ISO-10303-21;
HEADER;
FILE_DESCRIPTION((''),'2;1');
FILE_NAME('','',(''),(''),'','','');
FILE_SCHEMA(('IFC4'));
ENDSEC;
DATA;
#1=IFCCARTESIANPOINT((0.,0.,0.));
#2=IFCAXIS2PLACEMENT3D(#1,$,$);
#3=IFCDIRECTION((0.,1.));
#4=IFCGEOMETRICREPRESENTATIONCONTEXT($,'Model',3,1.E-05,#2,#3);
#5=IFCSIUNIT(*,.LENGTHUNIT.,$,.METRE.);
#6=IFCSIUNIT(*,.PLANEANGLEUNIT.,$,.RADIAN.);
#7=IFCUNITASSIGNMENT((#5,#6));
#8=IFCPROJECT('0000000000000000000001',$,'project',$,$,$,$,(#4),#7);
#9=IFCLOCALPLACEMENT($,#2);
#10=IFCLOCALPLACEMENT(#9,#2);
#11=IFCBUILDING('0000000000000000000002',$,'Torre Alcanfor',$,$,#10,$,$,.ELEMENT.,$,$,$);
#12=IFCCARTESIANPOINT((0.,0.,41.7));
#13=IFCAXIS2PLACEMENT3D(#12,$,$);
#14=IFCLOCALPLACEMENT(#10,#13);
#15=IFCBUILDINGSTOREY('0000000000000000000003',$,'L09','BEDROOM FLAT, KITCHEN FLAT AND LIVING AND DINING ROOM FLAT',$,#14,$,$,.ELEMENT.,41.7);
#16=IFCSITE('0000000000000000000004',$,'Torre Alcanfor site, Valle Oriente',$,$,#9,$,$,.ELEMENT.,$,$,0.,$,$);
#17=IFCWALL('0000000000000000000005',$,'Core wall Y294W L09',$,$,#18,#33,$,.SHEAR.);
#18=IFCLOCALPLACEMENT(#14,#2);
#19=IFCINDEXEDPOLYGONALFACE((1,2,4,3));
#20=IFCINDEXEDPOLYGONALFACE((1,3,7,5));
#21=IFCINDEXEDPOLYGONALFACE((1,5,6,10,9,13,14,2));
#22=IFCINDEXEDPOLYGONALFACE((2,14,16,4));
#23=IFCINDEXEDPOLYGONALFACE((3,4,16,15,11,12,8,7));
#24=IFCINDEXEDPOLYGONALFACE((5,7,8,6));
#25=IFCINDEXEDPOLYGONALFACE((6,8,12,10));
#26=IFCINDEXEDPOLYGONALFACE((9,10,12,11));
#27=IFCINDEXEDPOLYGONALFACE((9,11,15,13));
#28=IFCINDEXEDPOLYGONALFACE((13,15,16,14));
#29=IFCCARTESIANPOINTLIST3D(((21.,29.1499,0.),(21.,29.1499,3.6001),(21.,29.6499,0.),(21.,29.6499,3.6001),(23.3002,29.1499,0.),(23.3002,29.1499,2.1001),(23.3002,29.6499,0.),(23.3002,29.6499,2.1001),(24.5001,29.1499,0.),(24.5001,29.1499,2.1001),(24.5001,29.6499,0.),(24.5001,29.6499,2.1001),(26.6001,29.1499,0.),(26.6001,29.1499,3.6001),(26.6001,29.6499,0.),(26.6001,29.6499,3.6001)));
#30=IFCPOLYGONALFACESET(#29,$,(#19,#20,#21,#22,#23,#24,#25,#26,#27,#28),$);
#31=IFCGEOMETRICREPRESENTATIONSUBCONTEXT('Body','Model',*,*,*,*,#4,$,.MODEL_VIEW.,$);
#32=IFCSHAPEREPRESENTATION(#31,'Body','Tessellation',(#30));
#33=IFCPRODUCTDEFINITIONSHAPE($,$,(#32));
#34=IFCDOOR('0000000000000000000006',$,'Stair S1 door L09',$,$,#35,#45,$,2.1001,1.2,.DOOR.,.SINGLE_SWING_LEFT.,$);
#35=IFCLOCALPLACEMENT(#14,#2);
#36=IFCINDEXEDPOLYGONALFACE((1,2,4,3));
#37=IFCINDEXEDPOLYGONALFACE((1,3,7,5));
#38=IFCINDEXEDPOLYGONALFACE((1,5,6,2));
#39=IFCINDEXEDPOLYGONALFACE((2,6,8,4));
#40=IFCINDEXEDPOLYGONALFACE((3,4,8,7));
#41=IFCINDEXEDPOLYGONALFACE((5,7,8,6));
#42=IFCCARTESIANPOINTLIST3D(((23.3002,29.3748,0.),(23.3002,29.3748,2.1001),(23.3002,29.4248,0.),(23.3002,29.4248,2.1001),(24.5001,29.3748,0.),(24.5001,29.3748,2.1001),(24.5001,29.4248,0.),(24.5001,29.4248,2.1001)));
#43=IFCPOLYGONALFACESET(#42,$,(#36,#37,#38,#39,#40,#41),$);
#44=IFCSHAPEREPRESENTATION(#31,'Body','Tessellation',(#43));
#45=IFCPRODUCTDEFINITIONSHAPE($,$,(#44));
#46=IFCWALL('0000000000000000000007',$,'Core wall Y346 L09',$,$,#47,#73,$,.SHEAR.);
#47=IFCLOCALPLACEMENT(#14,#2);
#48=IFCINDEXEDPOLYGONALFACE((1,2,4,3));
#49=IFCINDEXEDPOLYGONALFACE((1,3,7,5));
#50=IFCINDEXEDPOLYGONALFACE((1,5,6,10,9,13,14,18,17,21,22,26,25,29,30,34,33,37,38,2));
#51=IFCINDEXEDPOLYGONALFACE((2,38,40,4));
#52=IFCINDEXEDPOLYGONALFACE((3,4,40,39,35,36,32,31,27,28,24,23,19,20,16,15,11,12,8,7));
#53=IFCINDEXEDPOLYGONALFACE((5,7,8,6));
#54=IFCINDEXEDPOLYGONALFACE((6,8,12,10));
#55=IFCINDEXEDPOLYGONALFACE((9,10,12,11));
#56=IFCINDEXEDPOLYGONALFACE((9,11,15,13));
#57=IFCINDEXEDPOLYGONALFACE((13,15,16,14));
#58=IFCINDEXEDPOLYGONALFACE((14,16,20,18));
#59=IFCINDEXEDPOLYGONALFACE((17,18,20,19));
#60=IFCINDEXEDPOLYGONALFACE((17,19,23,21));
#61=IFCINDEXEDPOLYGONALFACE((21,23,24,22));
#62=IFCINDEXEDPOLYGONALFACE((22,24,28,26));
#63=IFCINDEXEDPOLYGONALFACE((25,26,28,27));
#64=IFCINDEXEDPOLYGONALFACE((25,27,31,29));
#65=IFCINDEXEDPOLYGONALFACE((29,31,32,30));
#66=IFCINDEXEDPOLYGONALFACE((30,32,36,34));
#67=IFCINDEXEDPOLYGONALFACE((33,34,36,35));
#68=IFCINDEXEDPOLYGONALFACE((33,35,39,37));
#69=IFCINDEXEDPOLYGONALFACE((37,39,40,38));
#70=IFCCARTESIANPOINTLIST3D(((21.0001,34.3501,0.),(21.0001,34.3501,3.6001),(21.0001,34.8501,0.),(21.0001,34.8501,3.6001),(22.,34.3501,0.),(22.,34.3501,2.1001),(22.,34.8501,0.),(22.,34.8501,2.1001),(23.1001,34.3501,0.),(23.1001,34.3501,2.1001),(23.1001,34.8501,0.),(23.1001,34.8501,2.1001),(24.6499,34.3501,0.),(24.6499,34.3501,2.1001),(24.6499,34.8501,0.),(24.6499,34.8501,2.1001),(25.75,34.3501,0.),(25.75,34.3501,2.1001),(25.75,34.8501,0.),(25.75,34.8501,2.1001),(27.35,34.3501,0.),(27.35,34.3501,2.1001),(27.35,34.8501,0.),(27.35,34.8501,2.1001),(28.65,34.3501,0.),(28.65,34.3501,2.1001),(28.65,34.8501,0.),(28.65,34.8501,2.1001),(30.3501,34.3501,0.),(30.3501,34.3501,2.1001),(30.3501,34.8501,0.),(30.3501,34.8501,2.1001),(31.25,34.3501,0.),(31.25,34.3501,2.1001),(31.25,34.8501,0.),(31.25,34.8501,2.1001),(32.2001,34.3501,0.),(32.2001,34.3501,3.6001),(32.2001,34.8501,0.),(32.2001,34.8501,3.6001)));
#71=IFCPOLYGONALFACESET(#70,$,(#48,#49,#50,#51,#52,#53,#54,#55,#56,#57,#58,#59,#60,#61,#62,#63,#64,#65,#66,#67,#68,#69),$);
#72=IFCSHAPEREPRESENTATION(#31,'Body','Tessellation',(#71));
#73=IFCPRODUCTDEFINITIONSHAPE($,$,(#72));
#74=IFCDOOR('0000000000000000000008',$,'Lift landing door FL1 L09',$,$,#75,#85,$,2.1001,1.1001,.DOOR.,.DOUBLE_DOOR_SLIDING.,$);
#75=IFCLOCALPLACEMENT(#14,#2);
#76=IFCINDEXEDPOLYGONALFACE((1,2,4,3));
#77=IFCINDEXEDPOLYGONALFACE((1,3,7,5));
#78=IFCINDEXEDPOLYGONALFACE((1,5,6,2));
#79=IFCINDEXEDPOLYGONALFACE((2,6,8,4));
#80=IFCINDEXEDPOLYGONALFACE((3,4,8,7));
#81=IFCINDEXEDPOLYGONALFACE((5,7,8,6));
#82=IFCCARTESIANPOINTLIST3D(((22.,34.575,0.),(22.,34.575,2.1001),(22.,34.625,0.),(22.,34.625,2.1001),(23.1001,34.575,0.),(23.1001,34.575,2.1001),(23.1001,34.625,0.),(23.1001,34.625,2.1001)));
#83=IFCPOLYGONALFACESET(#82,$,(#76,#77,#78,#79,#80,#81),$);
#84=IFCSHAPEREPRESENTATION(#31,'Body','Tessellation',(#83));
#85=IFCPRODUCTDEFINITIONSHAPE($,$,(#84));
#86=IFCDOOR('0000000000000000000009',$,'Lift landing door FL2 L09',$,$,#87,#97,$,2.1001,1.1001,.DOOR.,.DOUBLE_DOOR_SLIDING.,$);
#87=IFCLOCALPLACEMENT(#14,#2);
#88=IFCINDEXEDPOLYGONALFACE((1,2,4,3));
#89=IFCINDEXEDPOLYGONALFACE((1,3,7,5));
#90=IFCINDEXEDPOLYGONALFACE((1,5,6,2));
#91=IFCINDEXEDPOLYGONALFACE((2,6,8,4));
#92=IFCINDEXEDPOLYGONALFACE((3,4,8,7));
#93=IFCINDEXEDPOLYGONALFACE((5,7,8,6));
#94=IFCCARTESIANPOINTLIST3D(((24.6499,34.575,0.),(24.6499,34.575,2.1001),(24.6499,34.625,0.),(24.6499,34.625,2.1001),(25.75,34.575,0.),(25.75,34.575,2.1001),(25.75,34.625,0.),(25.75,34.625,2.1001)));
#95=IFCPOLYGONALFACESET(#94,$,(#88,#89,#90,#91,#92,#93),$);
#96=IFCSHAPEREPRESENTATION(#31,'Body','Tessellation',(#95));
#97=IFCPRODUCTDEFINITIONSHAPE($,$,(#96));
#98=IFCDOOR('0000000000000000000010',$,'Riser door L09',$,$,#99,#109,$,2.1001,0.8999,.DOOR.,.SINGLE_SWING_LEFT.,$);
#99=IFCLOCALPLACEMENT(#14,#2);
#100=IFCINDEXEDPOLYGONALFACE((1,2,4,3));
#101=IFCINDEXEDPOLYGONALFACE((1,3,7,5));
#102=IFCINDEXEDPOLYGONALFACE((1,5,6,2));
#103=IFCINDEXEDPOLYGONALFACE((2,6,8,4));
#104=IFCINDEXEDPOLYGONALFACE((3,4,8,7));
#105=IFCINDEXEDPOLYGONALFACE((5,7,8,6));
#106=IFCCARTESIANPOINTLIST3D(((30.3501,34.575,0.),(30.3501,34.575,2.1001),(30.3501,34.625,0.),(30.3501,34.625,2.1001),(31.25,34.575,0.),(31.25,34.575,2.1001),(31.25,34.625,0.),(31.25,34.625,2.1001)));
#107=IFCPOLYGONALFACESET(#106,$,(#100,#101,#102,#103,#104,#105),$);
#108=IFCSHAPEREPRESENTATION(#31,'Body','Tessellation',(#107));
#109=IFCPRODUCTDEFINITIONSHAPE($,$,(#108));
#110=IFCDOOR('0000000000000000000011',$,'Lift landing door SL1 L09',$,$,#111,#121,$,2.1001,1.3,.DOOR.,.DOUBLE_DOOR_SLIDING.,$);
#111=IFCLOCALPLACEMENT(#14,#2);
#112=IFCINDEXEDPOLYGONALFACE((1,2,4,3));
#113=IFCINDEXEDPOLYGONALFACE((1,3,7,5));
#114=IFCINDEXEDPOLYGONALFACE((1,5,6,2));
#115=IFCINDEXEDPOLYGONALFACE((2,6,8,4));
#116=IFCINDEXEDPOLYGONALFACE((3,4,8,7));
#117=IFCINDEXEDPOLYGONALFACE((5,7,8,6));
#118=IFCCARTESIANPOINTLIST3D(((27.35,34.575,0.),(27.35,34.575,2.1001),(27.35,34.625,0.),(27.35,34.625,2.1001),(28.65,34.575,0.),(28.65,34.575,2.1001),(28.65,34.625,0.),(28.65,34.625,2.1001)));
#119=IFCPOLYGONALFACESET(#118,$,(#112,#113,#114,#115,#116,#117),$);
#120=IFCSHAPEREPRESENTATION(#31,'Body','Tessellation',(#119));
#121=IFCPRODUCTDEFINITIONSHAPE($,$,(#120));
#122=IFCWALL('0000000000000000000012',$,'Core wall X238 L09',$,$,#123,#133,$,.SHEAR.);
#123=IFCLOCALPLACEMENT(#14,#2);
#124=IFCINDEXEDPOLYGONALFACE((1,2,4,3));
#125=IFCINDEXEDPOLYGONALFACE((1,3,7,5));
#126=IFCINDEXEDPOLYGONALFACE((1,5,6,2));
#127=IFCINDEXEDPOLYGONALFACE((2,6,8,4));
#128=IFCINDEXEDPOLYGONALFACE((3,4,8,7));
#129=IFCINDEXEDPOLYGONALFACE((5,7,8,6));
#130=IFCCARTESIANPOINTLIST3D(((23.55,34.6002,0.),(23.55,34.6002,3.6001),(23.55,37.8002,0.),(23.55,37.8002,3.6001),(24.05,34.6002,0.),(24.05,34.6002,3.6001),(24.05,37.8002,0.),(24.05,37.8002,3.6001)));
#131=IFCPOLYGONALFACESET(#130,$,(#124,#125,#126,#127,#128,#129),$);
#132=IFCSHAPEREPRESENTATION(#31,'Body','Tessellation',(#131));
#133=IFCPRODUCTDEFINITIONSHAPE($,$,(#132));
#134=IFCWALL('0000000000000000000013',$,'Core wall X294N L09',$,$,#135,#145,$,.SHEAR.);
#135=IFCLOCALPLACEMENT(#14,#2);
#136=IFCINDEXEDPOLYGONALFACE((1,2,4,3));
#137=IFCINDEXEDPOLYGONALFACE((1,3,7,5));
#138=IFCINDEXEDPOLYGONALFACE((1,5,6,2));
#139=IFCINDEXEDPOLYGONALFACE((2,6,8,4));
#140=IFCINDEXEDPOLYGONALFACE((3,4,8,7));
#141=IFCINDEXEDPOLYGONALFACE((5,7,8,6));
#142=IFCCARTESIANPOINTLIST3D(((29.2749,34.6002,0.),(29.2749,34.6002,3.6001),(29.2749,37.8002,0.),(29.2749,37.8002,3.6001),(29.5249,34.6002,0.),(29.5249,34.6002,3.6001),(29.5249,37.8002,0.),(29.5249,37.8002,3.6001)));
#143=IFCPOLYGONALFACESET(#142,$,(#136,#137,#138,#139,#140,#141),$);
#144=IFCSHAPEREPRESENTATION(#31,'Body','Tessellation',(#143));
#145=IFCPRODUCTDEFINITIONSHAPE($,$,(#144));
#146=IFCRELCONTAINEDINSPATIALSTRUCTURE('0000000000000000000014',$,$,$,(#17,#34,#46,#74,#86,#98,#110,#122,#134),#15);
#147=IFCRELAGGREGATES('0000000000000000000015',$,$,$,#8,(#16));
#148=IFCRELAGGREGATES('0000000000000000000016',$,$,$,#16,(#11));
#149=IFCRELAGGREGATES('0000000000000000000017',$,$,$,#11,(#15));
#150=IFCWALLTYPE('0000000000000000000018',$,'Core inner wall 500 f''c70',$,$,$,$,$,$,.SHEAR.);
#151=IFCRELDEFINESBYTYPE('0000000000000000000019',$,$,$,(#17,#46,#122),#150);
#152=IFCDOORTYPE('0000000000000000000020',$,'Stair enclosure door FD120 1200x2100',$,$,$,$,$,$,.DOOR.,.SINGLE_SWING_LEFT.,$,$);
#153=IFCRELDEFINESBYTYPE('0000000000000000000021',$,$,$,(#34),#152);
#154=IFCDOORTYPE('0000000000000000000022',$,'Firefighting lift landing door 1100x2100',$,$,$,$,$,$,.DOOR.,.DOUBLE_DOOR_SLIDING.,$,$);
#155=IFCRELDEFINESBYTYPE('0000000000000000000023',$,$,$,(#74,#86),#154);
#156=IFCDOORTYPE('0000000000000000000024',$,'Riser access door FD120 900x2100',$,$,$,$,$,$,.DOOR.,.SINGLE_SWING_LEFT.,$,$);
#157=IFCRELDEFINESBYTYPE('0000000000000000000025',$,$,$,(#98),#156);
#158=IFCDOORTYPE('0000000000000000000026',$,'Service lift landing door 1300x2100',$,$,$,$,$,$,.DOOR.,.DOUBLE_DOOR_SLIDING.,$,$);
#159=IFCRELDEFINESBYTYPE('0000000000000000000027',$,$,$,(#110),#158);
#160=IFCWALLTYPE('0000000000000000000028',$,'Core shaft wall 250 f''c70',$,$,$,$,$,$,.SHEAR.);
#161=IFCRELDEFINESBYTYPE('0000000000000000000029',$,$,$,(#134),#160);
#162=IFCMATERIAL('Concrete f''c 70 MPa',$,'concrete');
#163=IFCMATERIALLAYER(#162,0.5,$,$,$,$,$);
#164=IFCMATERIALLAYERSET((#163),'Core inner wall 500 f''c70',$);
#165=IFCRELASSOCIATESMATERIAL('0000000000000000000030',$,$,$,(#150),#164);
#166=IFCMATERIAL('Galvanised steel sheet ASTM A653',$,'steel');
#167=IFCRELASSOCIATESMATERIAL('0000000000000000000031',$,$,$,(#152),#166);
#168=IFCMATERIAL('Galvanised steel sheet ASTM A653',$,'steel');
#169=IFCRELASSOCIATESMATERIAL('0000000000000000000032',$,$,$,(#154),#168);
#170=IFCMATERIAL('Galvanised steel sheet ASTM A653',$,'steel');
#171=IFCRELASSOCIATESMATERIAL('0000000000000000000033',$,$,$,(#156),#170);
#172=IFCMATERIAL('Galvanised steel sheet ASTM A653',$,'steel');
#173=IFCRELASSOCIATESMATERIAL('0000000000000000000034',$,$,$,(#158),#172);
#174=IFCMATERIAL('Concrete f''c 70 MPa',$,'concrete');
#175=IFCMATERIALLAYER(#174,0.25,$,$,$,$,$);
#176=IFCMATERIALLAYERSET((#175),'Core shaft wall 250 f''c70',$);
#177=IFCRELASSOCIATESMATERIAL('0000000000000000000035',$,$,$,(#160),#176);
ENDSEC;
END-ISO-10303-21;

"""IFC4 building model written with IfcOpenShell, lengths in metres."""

from ifc_helpers import new_model, si_unit, direction, frame, frame_2d, origin, place, context, subcontext, project, spatial, rectangle, extrude, material, layer, layer_set, type_object, element, fill, save


model = new_model("IFC4")

# Units and contexts
model_context = context("Model", 3, precision=1e-05, world=origin(), true_north=direction((0.0, 1.0)))
body_context = subcontext(model_context, "Body", "Model", "MODEL_VIEW")
ifc_project = project(units=[si_unit("LENGTHUNIT", "METRE"), si_unit("PLANEANGLEUNIT", "RADIAN")], contexts=[model_context])

# Site, building, storey
site_placement = place(None, origin())
site = spatial("IfcSite", under=ifc_project, at=site_placement, Name="Torre Alcanfor site, Valle Oriente", CompositionType="ELEMENT", RefElevation=0.0)
building_placement = place(site_placement, origin())
building = spatial("IfcBuilding", under=site, at=building_placement, Name="Torre Alcanfor", CompositionType="ELEMENT")
storey_placement = place(building_placement, frame((0.0, 0.0, 41.7)))
storey = spatial("IfcBuildingStorey", under=building, at=storey_placement, Name="L09", Description="BEDROOM FLAT, KITCHEN FLAT AND LIVING AND DINING ROOM FLAT", CompositionType="ELEMENT", Elevation=41.7)

# Wall, opening, door
ifc_material_1 = material(Name="Concrete f'c 70 MPa", Category="concrete")
ifc_layer_1 = layer(ifc_material_1, 0.5)
ifc_layer_set_1 = layer_set([ifc_layer_1], Name="Core inner wall 500 f'c70")
wall_type_1 = type_object("IfcWallType", Name="Core inner wall 500 f'c70", PredefinedType="SHEAR", material=ifc_layer_set_1)
wall_1_placement = place(storey_placement, frame((21.0, 29.3999, 0.0), z_axis=(0.0, 0.0, 1.0), x_axis=(1.0, 0.0, 0.0)))
wall_1 = element("IfcWall", 1, at=wall_1_placement, inside=storey, type_object=wall_type_1, Name="Core wall Y294W L09", PredefinedType="SHEAR", context=body_context, shape_type="SweptSolid", body=[
    extrude(rectangle(XDim=5.6001, YDim=0.5, at=frame_2d((2.8, 0.0))), origin(), (0.0, 0.0, 1.0), 3.6001),
])
opening_1_placement = place(wall_1_placement, frame((2.3, 0.0, 0.0)))
opening_1 = element("IfcOpeningElement", 2, at=opening_1_placement, cuts=wall_1, PredefinedType="OPENING", context=body_context, shape_type="SweptSolid", body=[
    extrude(rectangle(XDim=1.2, YDim=2.1001, at=frame_2d((0.6001, 1.05))), frame((0.0, 0.26, 0.0), z_axis=(0.0, -1.0, 0.0), x_axis=(1.0, 0.0, 0.0)), (0.0, 0.0, 1.0), 0.52),
])
ifc_material_2 = material(Name="Galvanised steel sheet ASTM A653", Category="steel")
door_type_1 = type_object("IfcDoorType", Name="Stair enclosure door FD120 1200x2100", OperationType="SINGLE_SWING_LEFT", PredefinedType="DOOR", material=ifc_material_2)
door_1_placement = place(opening_1_placement, frame((1.2, 0.0, 0.0), z_axis=(0.0, 0.0, 1.0), x_axis=(-1.0, 0.0, 0.0)))
door_1 = element("IfcDoor", 3, at=door_1_placement, inside=storey, type_object=door_type_1, Name="Stair S1 door L09", OperationType="SINGLE_SWING_LEFT", OverallHeight=2.1001, OverallWidth=1.2, PredefinedType="DOOR", context=body_context, shape_type="SweptSolid", body=[
    extrude(rectangle(XDim=1.2, YDim=2.1001, at=frame_2d((0.5999, 1.05))), frame((0.0, 0.0251, 0.0), z_axis=(0.0, -1.0, 0.0), x_axis=(1.0, 0.0, 0.0)), (0.0, 0.0, 1.0), 0.05),
])
fill(opening_1, door_1)

# Wall, openings, doors
wall_2_placement = place(storey_placement, frame((21.0, 34.6001, 0.0), z_axis=(0.0, 0.0, 1.0), x_axis=(1.0, 0.0, 0.0)))
wall_2 = element("IfcWall", 4, at=wall_2_placement, inside=storey, type_object=wall_type_1, Name="Core wall Y346 L09", PredefinedType="SHEAR", context=body_context, shape_type="SweptSolid", body=[
    extrude(rectangle(XDim=11.2, YDim=0.5, at=frame_2d((5.6001, 0.0))), origin(), (0.0, 0.0, 1.0), 3.6001),
])
opening_2_placement = place(wall_2_placement, frame((9.3501, 0.0, 0.0)))
opening_2 = element("IfcOpeningElement", 5, at=opening_2_placement, cuts=wall_2, PredefinedType="OPENING", context=body_context, shape_type="SweptSolid", body=[
    extrude(rectangle(XDim=0.8999, YDim=2.1001, at=frame_2d((0.45, 1.05))), frame((0.0, 0.26, 0.0), z_axis=(0.0, -1.0, 0.0), x_axis=(1.0, 0.0, 0.0)), (0.0, 0.0, 1.0), 0.52),
])
opening_3_placement = place(wall_2_placement, frame((1.0, 0.0, 0.0)))
opening_3 = element("IfcOpeningElement", 6, at=opening_3_placement, cuts=wall_2, PredefinedType="OPENING", context=body_context, shape_type="SweptSolid", body=[
    extrude(rectangle(XDim=1.1001, YDim=2.1001, at=frame_2d((0.55, 1.05))), frame((0.0, 0.26, 0.0), z_axis=(0.0, -1.0, 0.0), x_axis=(1.0, 0.0, 0.0)), (0.0, 0.0, 1.0), 0.52),
])
opening_4_placement = place(wall_2_placement, frame((3.6499, 0.0, 0.0)))
opening_4 = element("IfcOpeningElement", 7, at=opening_4_placement, cuts=wall_2, PredefinedType="OPENING", context=body_context, shape_type="SweptSolid", body=[
    extrude(rectangle(XDim=1.1001, YDim=2.1001, at=frame_2d((0.55, 1.05))), frame((0.0, 0.26, 0.0), z_axis=(0.0, -1.0, 0.0), x_axis=(1.0, 0.0, 0.0)), (0.0, 0.0, 1.0), 0.52),
])
opening_5_placement = place(wall_2_placement, frame((6.3501, 0.0, 0.0)))
opening_5 = element("IfcOpeningElement", 8, at=opening_5_placement, cuts=wall_2, PredefinedType="OPENING", context=body_context, shape_type="SweptSolid", body=[
    extrude(rectangle(XDim=1.3, YDim=2.1001, at=frame_2d((0.6499, 1.05))), frame((0.0, 0.26, 0.0), z_axis=(0.0, -1.0, 0.0), x_axis=(1.0, 0.0, 0.0)), (0.0, 0.0, 1.0), 0.52),
])
ifc_material_3 = material(Name="Galvanised steel sheet ASTM A653", Category="steel")
door_type_2 = type_object("IfcDoorType", Name="Firefighting lift landing door 1100x2100", OperationType="DOUBLE_DOOR_SLIDING", PredefinedType="DOOR", material=ifc_material_3)
door_2_placement = place(opening_3_placement, origin())
door_2 = element("IfcDoor", 9, at=door_2_placement, inside=storey, type_object=door_type_2, Name="Lift landing door FL1 L09", OperationType="DOUBLE_DOOR_SLIDING", OverallHeight=2.1001, OverallWidth=1.1001, PredefinedType="DOOR", context=body_context, shape_type="SweptSolid", body=[
    extrude(rectangle(XDim=1.1001, YDim=2.1001, at=frame_2d((0.55, 1.05))), frame((0.0, 0.0249, 0.0), z_axis=(0.0, -1.0, 0.0), x_axis=(1.0, 0.0, 0.0)), (0.0, 0.0, 1.0), 0.05),
])
fill(opening_3, door_2)
door_3_placement = place(opening_4_placement, origin())
door_3 = element("IfcDoor", 10, at=door_3_placement, inside=storey, type_object=door_type_2, Name="Lift landing door FL2 L09", OperationType="DOUBLE_DOOR_SLIDING", OverallHeight=2.1001, OverallWidth=1.1001, PredefinedType="DOOR", context=body_context, shape_type="SweptSolid", body=[
    extrude(rectangle(XDim=1.1001, YDim=2.1001, at=frame_2d((0.55, 1.05))), frame((0.0, 0.0249, 0.0), z_axis=(0.0, -1.0, 0.0), x_axis=(1.0, 0.0, 0.0)), (0.0, 0.0, 1.0), 0.05),
])
fill(opening_4, door_3)
ifc_material_4 = material(Name="Galvanised steel sheet ASTM A653", Category="steel")
door_type_3 = type_object("IfcDoorType", Name="Riser access door FD120 900x2100", OperationType="SINGLE_SWING_LEFT", PredefinedType="DOOR", material=ifc_material_4)
door_4_placement = place(opening_2_placement, origin())
door_4 = element("IfcDoor", 11, at=door_4_placement, inside=storey, type_object=door_type_3, Name="Riser door L09", OperationType="SINGLE_SWING_LEFT", OverallHeight=2.1001, OverallWidth=0.8999, PredefinedType="DOOR", context=body_context, shape_type="SweptSolid", body=[
    extrude(rectangle(XDim=0.8999, YDim=2.1001, at=frame_2d((0.45, 1.05))), frame((0.0, 0.0249, 0.0), z_axis=(0.0, -1.0, 0.0), x_axis=(1.0, 0.0, 0.0)), (0.0, 0.0, 1.0), 0.05),
])
fill(opening_2, door_4)
ifc_material_5 = material(Name="Galvanised steel sheet ASTM A653", Category="steel")
door_type_4 = type_object("IfcDoorType", Name="Service lift landing door 1300x2100", OperationType="DOUBLE_DOOR_SLIDING", PredefinedType="DOOR", material=ifc_material_5)
door_5_placement = place(opening_5_placement, origin())
door_5 = element("IfcDoor", 12, at=door_5_placement, inside=storey, type_object=door_type_4, Name="Lift landing door SL1 L09", OperationType="DOUBLE_DOOR_SLIDING", OverallHeight=2.1001, OverallWidth=1.3, PredefinedType="DOOR", context=body_context, shape_type="SweptSolid", body=[
    extrude(rectangle(XDim=1.3, YDim=2.1001, at=frame_2d((0.6499, 1.05))), frame((0.0, 0.0249, 0.0), z_axis=(0.0, -1.0, 0.0), x_axis=(1.0, 0.0, 0.0)), (0.0, 0.0, 1.0), 0.05),
])
fill(opening_5, door_5)

# Walls
wall_3_placement = place(storey_placement, frame((23.8, 34.6001, 0.0), z_axis=(0.0, 0.0, 1.0), x_axis=(0.0, 1.0, 0.0)))
element("IfcWall", 13, at=wall_3_placement, inside=storey, type_object=wall_type_1, Name="Core wall X238 L09", PredefinedType="SHEAR", context=body_context, shape_type="SweptSolid", body=[
    extrude(rectangle(XDim=3.2, YDim=0.5, at=frame_2d((1.6001, 0.0))), origin(), (0.0, 0.0, 1.0), 3.6001),
])
ifc_material_6 = material(Name="Concrete f'c 70 MPa", Category="concrete")
ifc_layer_2 = layer(ifc_material_6, 0.25)
ifc_layer_set_2 = layer_set([ifc_layer_2], Name="Core shaft wall 250 f'c70")
wall_type_2 = type_object("IfcWallType", Name="Core shaft wall 250 f'c70", PredefinedType="SHEAR", material=ifc_layer_set_2)
wall_4_placement = place(storey_placement, frame((29.3999, 34.6001, 0.0), z_axis=(0.0, 0.0, 1.0), x_axis=(0.0, 1.0, 0.0)))
element("IfcWall", 14, at=wall_4_placement, inside=storey, type_object=wall_type_2, Name="Core wall X294N L09", PredefinedType="SHEAR", context=body_context, shape_type="SweptSolid", body=[
    extrude(rectangle(XDim=3.2, YDim=0.25, at=frame_2d((1.6001, 0.0))), origin(), (0.0, 0.0, 1.0), 3.6001),
])

save(model, "model.ifc")
